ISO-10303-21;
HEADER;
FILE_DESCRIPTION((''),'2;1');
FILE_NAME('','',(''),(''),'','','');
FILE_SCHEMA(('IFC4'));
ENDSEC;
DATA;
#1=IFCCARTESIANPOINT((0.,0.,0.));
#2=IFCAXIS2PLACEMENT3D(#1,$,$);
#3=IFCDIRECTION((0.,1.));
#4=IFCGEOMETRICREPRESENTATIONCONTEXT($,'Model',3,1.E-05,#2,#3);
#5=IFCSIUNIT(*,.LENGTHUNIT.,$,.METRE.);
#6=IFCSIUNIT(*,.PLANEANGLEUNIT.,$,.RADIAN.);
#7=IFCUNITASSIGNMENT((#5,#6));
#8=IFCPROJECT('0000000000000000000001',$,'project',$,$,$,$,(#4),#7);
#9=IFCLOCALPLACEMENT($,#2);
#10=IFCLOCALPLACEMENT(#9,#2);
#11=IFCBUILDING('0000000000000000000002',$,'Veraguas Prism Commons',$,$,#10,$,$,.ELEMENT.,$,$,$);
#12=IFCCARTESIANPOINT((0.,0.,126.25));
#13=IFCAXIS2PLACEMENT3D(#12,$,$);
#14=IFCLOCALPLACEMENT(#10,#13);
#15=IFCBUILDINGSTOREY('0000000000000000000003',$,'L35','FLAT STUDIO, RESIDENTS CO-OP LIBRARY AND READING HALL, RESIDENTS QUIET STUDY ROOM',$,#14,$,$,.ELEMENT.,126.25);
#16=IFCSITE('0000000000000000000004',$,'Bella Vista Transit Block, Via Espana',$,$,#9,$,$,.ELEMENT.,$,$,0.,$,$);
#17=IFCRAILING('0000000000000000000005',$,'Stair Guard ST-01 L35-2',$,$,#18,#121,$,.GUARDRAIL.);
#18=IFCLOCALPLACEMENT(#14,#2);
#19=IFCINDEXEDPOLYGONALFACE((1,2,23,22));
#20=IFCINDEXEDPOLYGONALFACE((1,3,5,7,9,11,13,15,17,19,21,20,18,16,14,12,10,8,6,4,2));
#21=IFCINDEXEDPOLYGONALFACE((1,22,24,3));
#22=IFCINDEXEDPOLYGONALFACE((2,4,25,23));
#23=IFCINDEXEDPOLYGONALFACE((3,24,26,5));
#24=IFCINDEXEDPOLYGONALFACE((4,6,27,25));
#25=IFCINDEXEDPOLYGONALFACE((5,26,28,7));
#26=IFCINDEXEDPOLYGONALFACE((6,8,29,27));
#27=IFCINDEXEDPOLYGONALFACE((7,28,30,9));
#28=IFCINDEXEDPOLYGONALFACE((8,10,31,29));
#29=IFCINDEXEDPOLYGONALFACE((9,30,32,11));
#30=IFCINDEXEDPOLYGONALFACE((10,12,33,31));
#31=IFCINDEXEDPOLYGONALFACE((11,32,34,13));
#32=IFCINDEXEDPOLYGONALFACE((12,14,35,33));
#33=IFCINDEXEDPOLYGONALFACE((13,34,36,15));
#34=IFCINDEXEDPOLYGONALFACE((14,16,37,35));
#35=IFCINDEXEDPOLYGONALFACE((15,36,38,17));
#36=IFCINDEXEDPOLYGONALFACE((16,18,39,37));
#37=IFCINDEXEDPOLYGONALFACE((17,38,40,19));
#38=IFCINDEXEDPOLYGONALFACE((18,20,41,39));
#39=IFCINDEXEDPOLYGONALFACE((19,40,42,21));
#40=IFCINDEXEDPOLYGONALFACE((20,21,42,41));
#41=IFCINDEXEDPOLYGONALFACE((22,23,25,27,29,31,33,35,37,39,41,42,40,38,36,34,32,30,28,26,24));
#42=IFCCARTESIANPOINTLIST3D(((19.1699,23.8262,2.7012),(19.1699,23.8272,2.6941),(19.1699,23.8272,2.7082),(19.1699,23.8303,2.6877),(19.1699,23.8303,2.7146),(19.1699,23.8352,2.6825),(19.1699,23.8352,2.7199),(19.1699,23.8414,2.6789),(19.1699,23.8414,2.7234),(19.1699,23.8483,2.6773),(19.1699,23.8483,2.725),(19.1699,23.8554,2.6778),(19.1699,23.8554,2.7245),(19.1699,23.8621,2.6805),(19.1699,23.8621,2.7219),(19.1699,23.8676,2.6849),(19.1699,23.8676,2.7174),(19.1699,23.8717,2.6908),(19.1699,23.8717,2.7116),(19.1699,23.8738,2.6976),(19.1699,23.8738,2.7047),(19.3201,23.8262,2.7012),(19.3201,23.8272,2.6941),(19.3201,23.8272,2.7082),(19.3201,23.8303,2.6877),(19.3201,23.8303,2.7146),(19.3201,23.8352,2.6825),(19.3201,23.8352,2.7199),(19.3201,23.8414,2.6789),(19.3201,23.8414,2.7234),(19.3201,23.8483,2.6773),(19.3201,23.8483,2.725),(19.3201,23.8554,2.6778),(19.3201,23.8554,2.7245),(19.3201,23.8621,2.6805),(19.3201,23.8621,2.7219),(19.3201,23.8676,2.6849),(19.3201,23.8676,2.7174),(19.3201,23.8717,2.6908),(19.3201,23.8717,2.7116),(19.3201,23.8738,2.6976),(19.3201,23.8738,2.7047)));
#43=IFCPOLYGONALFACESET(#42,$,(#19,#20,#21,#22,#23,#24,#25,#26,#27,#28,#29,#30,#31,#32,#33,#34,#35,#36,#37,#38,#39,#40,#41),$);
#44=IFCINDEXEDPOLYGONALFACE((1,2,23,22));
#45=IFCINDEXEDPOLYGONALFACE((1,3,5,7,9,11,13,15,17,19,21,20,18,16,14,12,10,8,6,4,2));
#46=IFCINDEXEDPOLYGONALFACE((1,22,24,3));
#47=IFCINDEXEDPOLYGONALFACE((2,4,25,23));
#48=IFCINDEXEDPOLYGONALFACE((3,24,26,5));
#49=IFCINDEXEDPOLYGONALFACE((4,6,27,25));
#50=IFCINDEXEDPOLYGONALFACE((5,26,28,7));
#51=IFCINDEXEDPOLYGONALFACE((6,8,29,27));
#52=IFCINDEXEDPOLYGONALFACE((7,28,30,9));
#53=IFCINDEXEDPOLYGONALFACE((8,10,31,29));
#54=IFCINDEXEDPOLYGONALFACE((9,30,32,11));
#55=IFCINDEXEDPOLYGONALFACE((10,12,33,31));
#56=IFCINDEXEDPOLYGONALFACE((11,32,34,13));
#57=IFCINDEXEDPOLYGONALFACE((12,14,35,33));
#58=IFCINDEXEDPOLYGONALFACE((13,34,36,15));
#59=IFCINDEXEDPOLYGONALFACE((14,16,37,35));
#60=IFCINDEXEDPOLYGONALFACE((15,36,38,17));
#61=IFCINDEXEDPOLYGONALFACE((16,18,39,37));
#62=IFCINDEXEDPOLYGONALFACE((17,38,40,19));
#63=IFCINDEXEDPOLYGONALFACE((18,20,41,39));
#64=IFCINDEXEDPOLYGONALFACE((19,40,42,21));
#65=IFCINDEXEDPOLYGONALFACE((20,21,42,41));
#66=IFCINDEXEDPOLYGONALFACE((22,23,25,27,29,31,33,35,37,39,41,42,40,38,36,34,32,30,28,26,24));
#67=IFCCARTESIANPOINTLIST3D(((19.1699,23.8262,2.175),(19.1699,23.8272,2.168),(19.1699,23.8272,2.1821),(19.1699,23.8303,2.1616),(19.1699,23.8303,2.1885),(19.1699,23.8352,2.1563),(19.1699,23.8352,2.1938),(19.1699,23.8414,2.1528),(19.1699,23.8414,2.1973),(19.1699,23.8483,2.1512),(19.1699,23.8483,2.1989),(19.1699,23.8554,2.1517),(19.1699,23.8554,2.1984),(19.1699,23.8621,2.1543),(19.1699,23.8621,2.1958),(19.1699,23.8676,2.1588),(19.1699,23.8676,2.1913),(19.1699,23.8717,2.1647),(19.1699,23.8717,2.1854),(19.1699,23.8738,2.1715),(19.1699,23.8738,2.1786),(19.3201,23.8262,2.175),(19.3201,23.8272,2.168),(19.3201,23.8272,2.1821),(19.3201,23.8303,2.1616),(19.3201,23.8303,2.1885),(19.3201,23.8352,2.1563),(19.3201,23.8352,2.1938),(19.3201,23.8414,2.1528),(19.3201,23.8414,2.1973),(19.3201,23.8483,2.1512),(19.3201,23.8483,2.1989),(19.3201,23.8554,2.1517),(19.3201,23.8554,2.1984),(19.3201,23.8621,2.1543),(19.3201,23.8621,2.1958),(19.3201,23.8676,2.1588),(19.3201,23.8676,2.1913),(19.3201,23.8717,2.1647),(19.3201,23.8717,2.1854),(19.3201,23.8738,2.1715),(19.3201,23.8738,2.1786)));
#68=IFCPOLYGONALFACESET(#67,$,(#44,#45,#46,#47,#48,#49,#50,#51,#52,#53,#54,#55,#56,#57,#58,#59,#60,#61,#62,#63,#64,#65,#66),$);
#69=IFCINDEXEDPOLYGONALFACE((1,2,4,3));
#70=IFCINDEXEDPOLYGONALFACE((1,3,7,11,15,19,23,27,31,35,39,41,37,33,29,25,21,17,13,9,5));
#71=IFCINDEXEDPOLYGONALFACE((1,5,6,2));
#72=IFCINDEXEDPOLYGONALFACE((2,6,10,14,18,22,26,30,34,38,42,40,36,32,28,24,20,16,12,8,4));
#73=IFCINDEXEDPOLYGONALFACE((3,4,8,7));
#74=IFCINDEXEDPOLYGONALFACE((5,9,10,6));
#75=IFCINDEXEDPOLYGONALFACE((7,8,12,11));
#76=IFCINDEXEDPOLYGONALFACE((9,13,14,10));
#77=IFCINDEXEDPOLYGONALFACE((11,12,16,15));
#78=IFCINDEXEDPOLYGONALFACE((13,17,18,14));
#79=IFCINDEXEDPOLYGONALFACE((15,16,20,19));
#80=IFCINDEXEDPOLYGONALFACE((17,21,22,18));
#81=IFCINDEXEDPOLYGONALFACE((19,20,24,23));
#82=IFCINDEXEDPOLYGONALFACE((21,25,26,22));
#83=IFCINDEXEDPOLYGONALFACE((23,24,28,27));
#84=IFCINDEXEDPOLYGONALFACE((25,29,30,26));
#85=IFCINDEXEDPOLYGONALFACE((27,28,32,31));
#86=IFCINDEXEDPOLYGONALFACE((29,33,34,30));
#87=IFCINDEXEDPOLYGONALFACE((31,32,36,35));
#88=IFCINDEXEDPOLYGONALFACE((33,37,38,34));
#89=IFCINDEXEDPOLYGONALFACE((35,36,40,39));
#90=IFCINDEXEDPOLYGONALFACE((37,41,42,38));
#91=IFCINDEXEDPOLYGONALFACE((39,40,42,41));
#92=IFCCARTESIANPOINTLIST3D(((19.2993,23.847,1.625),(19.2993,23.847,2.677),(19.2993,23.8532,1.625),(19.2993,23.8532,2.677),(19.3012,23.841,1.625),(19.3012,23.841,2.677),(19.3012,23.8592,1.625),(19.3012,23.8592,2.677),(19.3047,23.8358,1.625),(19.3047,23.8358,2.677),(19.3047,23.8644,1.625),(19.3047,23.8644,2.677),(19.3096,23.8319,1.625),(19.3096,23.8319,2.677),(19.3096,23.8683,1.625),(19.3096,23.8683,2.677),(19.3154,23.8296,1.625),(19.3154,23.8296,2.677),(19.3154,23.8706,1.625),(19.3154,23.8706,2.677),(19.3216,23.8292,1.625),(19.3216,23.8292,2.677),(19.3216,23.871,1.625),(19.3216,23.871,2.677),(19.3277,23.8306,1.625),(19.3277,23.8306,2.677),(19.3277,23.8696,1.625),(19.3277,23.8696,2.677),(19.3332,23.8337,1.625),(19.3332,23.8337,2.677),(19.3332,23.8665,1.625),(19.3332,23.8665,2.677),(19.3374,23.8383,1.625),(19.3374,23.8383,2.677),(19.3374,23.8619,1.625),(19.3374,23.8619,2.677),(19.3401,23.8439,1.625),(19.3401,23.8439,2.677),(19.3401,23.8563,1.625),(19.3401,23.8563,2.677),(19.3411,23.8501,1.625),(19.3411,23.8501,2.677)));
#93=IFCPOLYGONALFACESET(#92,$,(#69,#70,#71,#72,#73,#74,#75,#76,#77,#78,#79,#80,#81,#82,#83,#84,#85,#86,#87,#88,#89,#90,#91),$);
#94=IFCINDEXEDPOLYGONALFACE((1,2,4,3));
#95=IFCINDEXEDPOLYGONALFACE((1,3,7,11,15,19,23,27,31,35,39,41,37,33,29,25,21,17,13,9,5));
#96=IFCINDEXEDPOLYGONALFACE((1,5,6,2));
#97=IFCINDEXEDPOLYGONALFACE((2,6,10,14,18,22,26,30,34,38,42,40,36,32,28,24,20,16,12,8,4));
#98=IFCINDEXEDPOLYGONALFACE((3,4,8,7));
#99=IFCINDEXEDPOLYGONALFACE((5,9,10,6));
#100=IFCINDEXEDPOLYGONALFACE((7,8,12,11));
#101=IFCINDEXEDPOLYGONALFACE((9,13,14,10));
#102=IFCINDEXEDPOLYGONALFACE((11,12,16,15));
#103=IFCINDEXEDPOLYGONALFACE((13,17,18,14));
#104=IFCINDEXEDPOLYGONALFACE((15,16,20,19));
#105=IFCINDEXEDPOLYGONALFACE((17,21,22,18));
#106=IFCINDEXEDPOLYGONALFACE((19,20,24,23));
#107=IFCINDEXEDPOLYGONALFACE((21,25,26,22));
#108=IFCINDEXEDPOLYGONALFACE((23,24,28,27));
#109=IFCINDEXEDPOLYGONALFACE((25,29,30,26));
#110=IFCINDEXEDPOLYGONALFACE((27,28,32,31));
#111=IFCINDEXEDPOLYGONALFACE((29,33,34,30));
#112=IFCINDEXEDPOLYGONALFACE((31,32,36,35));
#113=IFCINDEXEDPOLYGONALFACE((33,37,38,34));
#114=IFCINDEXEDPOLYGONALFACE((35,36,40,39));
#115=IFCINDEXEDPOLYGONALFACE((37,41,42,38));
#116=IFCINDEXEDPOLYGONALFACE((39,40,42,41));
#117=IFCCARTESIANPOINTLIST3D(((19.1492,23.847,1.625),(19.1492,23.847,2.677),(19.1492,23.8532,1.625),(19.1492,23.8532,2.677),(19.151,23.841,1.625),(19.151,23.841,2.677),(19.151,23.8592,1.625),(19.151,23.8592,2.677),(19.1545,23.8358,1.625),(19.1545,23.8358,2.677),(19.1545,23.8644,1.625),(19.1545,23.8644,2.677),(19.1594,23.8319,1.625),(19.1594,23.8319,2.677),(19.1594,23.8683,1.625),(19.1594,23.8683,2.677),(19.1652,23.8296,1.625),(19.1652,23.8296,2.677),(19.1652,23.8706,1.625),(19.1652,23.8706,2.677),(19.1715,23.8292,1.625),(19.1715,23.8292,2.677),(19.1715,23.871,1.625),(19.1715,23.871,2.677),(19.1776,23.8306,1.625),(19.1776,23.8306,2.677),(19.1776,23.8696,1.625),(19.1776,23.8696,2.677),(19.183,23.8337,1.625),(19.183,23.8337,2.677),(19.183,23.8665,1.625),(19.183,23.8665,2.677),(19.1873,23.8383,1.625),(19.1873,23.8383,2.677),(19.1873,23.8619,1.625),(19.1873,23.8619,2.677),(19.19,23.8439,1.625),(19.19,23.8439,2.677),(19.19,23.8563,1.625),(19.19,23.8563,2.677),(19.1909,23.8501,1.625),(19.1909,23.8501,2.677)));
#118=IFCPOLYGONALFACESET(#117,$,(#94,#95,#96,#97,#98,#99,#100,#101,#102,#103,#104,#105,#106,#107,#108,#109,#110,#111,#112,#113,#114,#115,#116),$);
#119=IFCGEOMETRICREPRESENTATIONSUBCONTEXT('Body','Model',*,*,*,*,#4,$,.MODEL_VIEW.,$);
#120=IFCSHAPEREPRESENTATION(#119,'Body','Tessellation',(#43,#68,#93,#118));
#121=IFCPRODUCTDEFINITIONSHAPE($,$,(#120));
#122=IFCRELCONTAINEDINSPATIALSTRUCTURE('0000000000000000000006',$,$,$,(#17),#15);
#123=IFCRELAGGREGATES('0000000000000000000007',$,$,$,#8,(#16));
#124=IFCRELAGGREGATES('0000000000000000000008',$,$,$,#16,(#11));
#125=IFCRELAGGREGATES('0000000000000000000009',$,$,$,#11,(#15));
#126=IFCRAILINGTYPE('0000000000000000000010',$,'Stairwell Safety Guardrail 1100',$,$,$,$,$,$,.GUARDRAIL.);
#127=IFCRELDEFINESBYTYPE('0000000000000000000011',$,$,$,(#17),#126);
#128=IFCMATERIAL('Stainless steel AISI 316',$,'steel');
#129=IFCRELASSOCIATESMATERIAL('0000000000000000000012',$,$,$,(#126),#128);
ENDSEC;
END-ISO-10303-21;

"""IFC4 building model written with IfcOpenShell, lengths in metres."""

from ifc_helpers import new_model, si_unit, direction, frame, origin, origin_2d, place, context, subcontext, project, spatial, circle, extrude, material, type_object, element, save


model = new_model("IFC4")

# Units and contexts
model_context = context("Model", 3, precision=1e-05, world=origin(), true_north=direction((0.0, 1.0)))
body_context = subcontext(model_context, "Body", "Model", "MODEL_VIEW")
ifc_project = project(units=[si_unit("LENGTHUNIT", "METRE"), si_unit("PLANEANGLEUNIT", "RADIAN")], contexts=[model_context])

# Site, building, storey
site_placement = place(None, origin())
site = spatial("IfcSite", under=ifc_project, at=site_placement, Name="Bella Vista Transit Block, Via Espana", CompositionType="ELEMENT", RefElevation=0.0)
building_placement = place(site_placement, origin())
building = spatial("IfcBuilding", under=site, at=building_placement, Name="Veraguas Prism Commons", CompositionType="ELEMENT")
storey_placement = place(building_placement, frame((0.0, 0.0, 126.25)))
storey = spatial("IfcBuildingStorey", under=building, at=storey_placement, Name="L35", Description="FLAT STUDIO, RESIDENTS CO-OP LIBRARY AND READING HALL, RESIDENTS QUIET STUDY ROOM", CompositionType="ELEMENT", Elevation=126.25)

# Railing
ifc_material_1 = material(Name="Stainless steel AISI 316", Category="steel")
railing_type_1 = type_object("IfcRailingType", Name="Stairwell Safety Guardrail 1100", PredefinedType="GUARDRAIL", material=ifc_material_1)
railing_1_placement = place(storey_placement, frame((19.3201, 23.8501, 1.625)))
element("IfcRailing", 1, at=railing_1_placement, inside=storey, type_object=railing_type_1, Name="Stair Guard ST-01 L35-2", PredefinedType="GUARDRAIL", context=body_context, shape_type="SweptSolid", body=[
    extrude(circle(Radius=0.0239, at=origin_2d()), frame((0.0, 0.0, 1.0762), z_axis=(-1.0, 0.0, 0.0), x_axis=(0.0, -1.0, 0.0)), (0.0, 0.0, 1.0), 0.1501),
    extrude(circle(Radius=0.0239, at=origin_2d()), frame((0.0, 0.0, 0.55), z_axis=(-1.0, 0.0, 0.0), x_axis=(0.0, -1.0, 0.0)), (0.0, 0.0, 1.0), 0.1501),
    extrude(circle(Radius=0.021, at=origin_2d()), origin(), (0.0, 0.0, 1.0), 1.052),
    extrude(circle(Radius=0.021, at=origin_2d()), frame((-0.1501, 0.0, 0.0)), (0.0, 0.0, 1.0), 1.052),
])

save(model, "model.ifc")
